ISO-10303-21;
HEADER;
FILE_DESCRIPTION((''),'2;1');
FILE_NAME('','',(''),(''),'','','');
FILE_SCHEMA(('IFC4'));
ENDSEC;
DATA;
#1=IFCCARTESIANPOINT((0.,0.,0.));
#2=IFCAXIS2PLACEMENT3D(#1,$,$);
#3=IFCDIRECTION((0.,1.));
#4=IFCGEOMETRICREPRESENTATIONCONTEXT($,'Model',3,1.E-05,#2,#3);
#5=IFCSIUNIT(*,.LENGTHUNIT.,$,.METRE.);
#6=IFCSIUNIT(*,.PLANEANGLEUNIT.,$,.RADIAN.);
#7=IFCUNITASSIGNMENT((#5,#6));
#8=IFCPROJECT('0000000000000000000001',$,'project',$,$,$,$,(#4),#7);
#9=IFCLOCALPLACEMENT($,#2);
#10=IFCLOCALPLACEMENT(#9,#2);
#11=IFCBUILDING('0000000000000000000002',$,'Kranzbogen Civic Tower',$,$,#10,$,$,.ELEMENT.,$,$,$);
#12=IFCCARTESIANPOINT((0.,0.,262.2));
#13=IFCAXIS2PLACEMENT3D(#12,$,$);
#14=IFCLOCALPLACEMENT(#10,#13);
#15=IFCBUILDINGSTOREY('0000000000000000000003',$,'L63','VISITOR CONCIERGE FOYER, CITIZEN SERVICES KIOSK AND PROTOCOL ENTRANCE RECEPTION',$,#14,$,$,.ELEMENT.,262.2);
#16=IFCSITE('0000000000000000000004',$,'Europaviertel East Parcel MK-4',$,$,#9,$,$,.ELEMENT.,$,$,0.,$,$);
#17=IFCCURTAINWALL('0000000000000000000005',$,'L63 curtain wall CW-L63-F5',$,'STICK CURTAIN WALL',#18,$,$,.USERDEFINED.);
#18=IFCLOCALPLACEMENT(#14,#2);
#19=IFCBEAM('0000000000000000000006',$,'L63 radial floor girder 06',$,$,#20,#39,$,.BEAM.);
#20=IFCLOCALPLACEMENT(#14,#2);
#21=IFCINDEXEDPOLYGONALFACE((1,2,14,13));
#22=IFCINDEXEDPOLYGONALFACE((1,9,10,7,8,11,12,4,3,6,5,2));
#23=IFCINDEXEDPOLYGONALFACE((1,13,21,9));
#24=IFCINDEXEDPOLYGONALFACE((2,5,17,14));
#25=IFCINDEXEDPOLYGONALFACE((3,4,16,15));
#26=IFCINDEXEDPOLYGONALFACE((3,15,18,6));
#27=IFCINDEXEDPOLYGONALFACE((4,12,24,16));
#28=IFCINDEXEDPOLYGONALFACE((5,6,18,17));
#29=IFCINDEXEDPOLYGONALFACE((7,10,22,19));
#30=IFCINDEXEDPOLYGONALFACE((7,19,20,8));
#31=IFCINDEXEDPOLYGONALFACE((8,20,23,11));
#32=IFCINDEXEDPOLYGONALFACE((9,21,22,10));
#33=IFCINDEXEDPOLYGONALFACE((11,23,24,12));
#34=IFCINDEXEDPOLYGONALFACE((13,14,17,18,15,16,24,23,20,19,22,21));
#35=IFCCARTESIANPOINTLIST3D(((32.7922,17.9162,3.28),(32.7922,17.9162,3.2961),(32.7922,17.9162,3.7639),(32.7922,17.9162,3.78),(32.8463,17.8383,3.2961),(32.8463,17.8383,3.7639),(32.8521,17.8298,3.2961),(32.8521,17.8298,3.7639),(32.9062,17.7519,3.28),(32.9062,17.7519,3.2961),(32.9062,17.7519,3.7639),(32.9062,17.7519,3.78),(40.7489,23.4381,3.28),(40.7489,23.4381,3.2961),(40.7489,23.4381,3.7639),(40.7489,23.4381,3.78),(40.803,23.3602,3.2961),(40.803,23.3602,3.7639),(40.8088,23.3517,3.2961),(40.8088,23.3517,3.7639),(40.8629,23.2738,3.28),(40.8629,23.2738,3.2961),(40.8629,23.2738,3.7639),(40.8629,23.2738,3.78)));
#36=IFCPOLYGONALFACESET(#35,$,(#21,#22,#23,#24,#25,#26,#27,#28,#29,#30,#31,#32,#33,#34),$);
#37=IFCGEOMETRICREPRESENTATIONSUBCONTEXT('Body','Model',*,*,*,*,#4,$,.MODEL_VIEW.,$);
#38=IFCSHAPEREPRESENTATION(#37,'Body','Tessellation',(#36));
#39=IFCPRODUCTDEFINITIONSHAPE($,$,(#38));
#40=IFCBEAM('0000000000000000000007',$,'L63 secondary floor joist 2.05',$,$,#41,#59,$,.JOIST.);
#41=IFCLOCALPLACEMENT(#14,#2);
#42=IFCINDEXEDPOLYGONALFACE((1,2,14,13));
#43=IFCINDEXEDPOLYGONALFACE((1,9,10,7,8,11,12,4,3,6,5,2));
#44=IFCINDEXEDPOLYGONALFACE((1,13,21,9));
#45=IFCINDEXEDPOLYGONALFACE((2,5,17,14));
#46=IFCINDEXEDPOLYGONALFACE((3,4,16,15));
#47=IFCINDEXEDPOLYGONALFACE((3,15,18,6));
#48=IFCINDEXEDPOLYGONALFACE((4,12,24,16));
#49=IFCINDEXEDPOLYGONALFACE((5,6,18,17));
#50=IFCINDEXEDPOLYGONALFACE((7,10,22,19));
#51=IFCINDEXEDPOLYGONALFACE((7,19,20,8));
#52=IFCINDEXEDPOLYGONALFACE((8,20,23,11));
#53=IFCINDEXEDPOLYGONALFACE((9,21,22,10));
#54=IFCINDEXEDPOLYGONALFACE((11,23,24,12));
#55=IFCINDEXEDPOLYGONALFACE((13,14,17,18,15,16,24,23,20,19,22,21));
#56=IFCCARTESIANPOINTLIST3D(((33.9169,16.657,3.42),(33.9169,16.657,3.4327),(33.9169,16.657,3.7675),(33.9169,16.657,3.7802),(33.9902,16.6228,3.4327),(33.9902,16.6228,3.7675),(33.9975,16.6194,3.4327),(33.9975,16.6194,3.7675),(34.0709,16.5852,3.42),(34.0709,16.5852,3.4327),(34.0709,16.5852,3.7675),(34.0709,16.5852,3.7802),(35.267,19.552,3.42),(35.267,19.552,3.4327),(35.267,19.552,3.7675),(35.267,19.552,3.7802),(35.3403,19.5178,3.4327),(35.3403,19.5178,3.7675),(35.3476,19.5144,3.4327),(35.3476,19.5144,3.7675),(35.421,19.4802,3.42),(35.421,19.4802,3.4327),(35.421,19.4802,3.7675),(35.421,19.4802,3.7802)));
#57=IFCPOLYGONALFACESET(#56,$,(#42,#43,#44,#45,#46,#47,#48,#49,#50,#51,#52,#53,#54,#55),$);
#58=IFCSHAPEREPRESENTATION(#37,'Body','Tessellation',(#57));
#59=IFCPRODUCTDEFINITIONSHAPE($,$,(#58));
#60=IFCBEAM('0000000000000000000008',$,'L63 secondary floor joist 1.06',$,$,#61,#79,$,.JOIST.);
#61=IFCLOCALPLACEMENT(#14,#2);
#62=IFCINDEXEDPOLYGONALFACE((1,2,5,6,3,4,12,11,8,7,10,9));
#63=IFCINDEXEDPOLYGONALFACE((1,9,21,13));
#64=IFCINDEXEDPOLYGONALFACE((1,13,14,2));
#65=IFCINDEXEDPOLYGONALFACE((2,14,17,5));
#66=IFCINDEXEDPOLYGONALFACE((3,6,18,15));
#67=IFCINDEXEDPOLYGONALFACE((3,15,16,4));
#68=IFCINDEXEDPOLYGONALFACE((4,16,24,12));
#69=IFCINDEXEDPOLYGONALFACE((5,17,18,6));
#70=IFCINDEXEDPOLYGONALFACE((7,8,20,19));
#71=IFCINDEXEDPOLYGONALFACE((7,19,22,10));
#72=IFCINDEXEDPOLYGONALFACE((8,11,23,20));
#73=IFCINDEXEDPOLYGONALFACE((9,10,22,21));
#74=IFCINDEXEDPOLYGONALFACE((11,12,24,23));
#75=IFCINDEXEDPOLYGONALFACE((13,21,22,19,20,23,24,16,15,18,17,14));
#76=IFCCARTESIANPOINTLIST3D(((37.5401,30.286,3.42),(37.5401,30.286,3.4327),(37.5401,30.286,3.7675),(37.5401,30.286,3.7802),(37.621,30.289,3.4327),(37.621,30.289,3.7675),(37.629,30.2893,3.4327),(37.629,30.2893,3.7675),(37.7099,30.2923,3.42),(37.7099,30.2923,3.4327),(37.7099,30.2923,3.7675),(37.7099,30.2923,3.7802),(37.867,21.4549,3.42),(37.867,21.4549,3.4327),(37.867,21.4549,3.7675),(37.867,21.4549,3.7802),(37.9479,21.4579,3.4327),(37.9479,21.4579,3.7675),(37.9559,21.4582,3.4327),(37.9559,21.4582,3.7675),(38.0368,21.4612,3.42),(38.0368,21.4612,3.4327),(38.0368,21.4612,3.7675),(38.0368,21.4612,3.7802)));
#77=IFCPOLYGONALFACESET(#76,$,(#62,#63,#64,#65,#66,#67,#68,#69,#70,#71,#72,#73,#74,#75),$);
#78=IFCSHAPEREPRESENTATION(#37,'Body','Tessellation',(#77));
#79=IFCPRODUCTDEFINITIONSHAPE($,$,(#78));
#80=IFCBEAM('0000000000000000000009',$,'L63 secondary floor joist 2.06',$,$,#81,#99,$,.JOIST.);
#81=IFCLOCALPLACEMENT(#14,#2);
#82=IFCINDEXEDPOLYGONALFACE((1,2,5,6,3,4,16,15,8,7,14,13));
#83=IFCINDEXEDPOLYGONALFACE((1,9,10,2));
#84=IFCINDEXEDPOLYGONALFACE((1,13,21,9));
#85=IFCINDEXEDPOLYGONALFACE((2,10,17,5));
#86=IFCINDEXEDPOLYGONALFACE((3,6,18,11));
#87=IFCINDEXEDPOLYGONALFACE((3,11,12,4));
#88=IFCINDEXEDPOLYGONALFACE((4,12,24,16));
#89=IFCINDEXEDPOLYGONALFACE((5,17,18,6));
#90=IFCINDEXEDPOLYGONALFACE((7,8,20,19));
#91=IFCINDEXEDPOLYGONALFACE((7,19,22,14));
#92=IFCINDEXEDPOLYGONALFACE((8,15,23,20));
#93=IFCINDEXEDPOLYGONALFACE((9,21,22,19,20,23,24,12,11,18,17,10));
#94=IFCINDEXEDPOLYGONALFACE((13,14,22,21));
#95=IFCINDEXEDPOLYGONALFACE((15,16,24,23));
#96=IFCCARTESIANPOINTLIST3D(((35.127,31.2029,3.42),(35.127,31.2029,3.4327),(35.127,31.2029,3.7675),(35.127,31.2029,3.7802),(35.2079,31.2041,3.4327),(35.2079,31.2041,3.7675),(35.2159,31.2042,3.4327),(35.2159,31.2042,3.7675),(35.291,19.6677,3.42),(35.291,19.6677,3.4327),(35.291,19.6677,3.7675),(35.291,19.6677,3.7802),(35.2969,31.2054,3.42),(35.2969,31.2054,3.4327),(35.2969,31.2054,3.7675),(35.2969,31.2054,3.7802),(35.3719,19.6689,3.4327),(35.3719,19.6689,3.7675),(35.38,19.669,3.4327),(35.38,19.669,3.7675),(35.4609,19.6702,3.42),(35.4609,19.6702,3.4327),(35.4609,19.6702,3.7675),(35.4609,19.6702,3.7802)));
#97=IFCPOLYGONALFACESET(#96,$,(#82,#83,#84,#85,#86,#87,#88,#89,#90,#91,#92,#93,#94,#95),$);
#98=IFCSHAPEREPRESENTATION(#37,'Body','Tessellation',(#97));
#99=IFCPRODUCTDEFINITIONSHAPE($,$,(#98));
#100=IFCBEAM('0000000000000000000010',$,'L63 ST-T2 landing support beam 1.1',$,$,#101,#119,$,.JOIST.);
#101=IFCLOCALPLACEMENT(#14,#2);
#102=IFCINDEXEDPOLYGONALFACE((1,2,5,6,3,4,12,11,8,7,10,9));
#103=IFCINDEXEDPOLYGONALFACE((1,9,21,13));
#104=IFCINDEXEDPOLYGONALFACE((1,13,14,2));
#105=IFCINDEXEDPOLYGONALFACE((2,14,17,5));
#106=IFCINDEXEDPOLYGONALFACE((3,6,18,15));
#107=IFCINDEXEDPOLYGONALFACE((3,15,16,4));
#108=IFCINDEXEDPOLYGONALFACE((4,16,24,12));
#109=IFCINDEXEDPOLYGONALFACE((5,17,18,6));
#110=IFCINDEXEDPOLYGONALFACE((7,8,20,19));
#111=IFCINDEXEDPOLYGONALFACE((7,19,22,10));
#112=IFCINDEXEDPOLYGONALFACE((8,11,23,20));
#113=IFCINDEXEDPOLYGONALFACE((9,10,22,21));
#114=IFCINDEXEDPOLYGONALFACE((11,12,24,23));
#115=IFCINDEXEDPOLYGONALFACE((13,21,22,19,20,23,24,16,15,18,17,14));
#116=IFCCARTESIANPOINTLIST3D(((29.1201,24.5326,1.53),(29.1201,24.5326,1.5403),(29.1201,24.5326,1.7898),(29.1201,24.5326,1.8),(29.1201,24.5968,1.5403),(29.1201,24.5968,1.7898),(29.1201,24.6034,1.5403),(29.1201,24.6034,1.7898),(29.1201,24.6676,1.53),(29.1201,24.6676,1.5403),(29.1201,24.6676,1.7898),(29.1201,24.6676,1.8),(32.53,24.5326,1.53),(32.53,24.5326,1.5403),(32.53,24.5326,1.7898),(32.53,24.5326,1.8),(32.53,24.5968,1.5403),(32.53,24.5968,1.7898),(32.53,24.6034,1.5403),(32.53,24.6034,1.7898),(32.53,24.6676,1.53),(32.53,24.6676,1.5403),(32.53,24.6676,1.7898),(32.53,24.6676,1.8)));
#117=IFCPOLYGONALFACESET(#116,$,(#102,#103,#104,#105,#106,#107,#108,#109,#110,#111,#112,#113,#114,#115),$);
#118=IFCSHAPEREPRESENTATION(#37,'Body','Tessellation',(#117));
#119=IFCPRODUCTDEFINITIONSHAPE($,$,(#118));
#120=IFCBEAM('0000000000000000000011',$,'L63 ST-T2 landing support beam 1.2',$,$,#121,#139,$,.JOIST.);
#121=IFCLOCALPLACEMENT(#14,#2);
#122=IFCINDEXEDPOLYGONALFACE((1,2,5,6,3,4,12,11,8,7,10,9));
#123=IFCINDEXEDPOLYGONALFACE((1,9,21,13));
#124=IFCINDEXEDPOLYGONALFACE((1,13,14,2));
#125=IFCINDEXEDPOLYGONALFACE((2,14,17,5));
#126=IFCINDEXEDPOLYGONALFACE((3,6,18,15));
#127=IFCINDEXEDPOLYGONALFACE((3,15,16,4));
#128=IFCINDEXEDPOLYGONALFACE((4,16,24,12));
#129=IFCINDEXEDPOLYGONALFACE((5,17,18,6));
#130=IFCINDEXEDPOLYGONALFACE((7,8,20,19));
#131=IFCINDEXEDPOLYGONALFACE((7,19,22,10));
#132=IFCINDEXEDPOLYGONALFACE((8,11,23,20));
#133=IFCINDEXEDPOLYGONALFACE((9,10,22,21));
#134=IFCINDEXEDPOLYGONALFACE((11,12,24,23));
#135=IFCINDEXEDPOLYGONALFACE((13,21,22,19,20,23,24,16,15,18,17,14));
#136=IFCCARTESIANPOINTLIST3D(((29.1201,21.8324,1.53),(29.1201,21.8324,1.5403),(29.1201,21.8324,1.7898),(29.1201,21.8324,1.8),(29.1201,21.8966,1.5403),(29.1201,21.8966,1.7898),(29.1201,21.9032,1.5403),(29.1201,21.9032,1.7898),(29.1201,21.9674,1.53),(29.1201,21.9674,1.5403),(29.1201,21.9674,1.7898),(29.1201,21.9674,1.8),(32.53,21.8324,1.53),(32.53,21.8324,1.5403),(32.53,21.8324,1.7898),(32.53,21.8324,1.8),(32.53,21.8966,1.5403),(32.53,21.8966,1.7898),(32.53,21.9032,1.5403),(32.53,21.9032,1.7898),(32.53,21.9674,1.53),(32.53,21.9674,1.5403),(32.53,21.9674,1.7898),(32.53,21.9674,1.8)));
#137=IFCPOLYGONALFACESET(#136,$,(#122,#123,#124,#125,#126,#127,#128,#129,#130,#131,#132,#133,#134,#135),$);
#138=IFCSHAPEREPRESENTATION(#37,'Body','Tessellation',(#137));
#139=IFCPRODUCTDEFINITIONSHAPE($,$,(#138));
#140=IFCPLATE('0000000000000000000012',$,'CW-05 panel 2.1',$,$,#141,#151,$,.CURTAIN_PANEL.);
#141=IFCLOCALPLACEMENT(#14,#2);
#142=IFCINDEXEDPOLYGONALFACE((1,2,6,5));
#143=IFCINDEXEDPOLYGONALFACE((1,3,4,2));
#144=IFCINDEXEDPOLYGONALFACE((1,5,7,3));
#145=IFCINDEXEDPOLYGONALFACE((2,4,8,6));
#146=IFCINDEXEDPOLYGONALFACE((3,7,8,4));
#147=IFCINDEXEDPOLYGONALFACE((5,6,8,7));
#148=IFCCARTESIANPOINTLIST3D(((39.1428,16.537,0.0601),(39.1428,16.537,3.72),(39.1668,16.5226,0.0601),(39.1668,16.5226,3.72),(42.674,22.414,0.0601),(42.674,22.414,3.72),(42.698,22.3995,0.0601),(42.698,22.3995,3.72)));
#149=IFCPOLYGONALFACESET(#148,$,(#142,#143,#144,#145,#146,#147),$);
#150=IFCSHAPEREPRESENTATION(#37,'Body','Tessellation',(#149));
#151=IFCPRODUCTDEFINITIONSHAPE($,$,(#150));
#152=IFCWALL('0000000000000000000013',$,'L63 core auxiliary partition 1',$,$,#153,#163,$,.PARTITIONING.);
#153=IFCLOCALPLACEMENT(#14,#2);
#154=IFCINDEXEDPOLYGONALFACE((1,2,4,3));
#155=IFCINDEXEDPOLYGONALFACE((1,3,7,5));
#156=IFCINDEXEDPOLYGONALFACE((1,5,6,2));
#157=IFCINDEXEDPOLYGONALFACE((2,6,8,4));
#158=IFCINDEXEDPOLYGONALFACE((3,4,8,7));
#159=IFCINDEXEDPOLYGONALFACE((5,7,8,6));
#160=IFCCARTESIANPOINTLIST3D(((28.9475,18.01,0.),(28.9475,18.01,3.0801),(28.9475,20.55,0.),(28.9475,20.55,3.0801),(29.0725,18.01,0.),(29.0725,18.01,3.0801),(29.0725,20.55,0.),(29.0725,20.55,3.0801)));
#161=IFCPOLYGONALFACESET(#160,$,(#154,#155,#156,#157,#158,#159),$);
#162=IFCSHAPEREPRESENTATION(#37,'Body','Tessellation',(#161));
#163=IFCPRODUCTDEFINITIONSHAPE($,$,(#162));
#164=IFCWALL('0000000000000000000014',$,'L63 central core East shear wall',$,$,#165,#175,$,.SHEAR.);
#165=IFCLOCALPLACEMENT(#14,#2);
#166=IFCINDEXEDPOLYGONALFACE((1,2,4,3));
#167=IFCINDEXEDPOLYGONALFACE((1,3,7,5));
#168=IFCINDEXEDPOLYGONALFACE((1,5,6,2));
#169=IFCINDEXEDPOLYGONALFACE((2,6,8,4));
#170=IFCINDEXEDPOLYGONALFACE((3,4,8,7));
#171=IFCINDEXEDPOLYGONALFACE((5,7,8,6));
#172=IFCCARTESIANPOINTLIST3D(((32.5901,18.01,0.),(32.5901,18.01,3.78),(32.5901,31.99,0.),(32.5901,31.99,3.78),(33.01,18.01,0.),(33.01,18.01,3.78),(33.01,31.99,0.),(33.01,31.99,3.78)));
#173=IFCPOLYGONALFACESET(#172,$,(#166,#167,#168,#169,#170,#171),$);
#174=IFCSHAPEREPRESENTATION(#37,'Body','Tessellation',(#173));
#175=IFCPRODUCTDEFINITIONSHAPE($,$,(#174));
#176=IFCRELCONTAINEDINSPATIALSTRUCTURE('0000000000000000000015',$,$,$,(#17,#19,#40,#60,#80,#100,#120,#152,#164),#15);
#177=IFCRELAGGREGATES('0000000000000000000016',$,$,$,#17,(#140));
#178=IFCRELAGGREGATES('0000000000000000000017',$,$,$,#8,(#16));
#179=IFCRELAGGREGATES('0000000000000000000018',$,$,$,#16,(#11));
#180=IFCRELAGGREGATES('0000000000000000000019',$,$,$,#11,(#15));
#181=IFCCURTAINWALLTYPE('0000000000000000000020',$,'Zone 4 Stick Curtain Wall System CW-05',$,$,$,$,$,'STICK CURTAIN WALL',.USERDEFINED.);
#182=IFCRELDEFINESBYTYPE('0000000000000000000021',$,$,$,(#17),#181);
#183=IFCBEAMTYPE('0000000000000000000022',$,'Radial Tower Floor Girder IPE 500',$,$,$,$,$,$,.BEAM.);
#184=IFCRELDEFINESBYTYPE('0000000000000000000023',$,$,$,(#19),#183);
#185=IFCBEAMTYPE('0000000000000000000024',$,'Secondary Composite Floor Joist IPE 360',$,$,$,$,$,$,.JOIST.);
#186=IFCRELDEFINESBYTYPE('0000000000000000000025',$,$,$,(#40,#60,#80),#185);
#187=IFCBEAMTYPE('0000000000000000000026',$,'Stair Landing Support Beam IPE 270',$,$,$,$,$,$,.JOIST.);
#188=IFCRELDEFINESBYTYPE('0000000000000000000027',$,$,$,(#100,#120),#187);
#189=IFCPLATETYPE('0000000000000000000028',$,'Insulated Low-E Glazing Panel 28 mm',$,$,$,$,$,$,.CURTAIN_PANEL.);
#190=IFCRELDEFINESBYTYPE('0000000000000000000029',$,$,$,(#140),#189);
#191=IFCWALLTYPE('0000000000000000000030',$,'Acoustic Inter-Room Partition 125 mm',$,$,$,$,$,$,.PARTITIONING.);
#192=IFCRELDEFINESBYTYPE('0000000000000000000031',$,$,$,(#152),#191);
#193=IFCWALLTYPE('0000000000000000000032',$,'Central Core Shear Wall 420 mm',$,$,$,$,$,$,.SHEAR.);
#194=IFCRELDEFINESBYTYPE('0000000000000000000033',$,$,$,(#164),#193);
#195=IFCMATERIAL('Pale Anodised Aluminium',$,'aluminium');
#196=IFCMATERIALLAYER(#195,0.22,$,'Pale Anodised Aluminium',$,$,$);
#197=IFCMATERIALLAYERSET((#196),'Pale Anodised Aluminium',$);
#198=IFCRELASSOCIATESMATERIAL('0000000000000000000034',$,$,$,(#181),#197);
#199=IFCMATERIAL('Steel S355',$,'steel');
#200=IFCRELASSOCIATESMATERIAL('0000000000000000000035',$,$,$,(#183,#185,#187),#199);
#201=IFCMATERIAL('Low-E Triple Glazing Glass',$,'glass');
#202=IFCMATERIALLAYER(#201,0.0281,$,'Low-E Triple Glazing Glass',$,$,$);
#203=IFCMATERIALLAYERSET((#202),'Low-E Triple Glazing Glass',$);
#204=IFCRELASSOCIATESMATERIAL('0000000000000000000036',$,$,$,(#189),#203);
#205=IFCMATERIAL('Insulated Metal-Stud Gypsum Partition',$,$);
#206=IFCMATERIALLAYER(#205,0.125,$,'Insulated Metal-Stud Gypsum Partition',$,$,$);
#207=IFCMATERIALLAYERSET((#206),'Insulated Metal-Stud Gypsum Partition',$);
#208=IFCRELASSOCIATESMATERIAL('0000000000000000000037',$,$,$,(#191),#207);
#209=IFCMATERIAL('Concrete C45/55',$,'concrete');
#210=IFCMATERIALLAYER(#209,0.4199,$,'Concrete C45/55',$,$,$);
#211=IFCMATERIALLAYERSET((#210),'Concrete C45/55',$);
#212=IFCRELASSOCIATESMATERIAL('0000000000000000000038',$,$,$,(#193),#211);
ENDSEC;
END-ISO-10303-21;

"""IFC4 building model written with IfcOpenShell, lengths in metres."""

from ifc_helpers import new_model, si_unit, direction, frame, frame_2d, origin, origin_2d, place, context, subcontext, project, spatial, rectangle, i_section, extrude, material, layer, layer_set, material_profile, profile_set, type_object, element, aggregate, save


model = new_model("IFC4")

# Units and contexts
model_context = context("Model", 3, precision=1e-05, world=origin(), true_north=direction((0.0, 1.0)))
body_context = subcontext(model_context, "Body", "Model", "MODEL_VIEW")
ifc_project = project(units=[si_unit("LENGTHUNIT", "METRE"), si_unit("PLANEANGLEUNIT", "RADIAN")], contexts=[model_context])

# Site, building, storey
site_placement = place(None, origin())
site = spatial("IfcSite", under=ifc_project, at=site_placement, Name="Europaviertel East Parcel MK-4", CompositionType="ELEMENT", RefElevation=0.0)
building_placement = place(site_placement, origin())
building = spatial("IfcBuilding", under=site, at=building_placement, Name="Kranzbogen Civic Tower", CompositionType="ELEMENT")
storey_placement = place(building_placement, frame((0.0, 0.0, 262.2)))
storey = spatial("IfcBuildingStorey", under=building, at=storey_placement, Name="L63", Description="VISITOR CONCIERGE FOYER, CITIZEN SERVICES KIOSK AND PROTOCOL ENTRANCE RECEPTION", CompositionType="ELEMENT", Elevation=262.2)

# Shared definitions
ifc_material_1 = material(Name="Steel S355", Category="steel")

# Curtain wall
ifc_material_2 = material(Name="Pale Anodised Aluminium", Category="aluminium")
ifc_layer_1 = layer(ifc_material_2, 0.22, Name="Pale Anodised Aluminium")
ifc_layer_set_1 = layer_set([ifc_layer_1], Name="Pale Anodised Aluminium")
curtain_wall_type = type_object("IfcCurtainWallType", Name="Zone 4 Stick Curtain Wall System CW-05", ElementType="STICK CURTAIN WALL", PredefinedType="USERDEFINED", material=ifc_layer_set_1)
curtain_wall_placement = place(storey_placement, origin())
curtain_wall = element("IfcCurtainWall", 1, at=curtain_wall_placement, inside=storey, type_object=curtain_wall_type, Name="L63 curtain wall CW-L63-F5", ObjectType="STICK CURTAIN WALL", PredefinedType="USERDEFINED")

# Beams
ifc_material_profile_1 = material_profile(ifc_material_1, i_section(OverallWidth=0.2, OverallDepth=0.5, WebThickness=0.0103, FlangeThickness=0.0161, at=origin_2d()), Name="IPE 500")
ifc_profile_set_1 = profile_set([ifc_material_profile_1], Name="Steel S355")
beam_type_1 = type_object("IfcBeamType", Name="Radial Tower Floor Girder IPE 500", PredefinedType="BEAM", material=ifc_profile_set_1)
beam_1_placement = place(storey_placement, frame((40.8059, 23.356, 3.53), z_axis=(-0.821543, -0.570147, 0.0), x_axis=(0.570147, -0.821543, 0.0)))
element("IfcBeam", 2, at=beam_1_placement, inside=storey, type_object=beam_type_1, Name="L63 radial floor girder 06", PredefinedType="BEAM", context=body_context, shape_type="SweptSolid", body=[
    extrude(i_section(OverallWidth=0.2, OverallDepth=0.5, WebThickness=0.0103, FlangeThickness=0.0161, at=origin_2d()), origin(), (0.0, 0.0, 1.0), 9.6851),
])
ifc_material_profile_2 = material_profile(ifc_material_1, i_section(OverallWidth=0.1699, OverallDepth=0.3601, WebThickness=0.0081, FlangeThickness=0.0127, at=origin_2d()), Name="IPE 360")
ifc_profile_set_2 = profile_set([ifc_material_profile_2], Name="Steel S355")
beam_type_2 = type_object("IfcBeamType", Name="Secondary Composite Floor Joist IPE 360", PredefinedType="JOIST", material=ifc_profile_set_2)
beam_2_placement = place(storey_placement, frame((33.9939, 16.6211, 3.6001), z_axis=(0.422651, 0.906292, 0.0), x_axis=(-0.906292, 0.422651, 0.0)))
element("IfcBeam", 3, at=beam_2_placement, inside=storey, type_object=beam_type_2, Name="L63 secondary floor joist 2.05", PredefinedType="JOIST", context=body_context, shape_type="SweptSolid", body=[
    extrude(i_section(OverallWidth=0.1699, OverallDepth=0.3601, WebThickness=0.0081, FlangeThickness=0.0127, at=origin_2d()), origin(), (0.0, 0.0, 1.0), 3.1943),
])
beam_3_placement = place(storey_placement, frame((37.9519, 21.458, 3.6001), z_axis=(-0.036992, 0.999316, 0.0), x_axis=(-0.999316, -0.036992, 0.0)))
element("IfcBeam", 4, at=beam_3_placement, inside=storey, type_object=beam_type_2, Name="L63 secondary floor joist 1.06", PredefinedType="JOIST", context=body_context, shape_type="SweptSolid", body=[
    extrude(i_section(OverallWidth=0.1699, OverallDepth=0.3601, WebThickness=0.0081, FlangeThickness=0.0127, at=origin_2d()), origin(), (0.0, 0.0, 1.0), 8.8372),
])
beam_4_placement = place(storey_placement, frame((35.376, 19.6689, 3.6001), z_axis=(-0.014221, 0.999899, 0.0), x_axis=(-0.999899, -0.014221, 0.0)))
element("IfcBeam", 5, at=beam_4_placement, inside=storey, type_object=beam_type_2, Name="L63 secondary floor joist 2.06", PredefinedType="JOIST", context=body_context, shape_type="SweptSolid", body=[
    extrude(i_section(OverallWidth=0.1699, OverallDepth=0.3601, WebThickness=0.0081, FlangeThickness=0.0127, at=origin_2d()), origin(), (0.0, 0.0, 1.0), 11.5364),
])
ifc_material_profile_3 = material_profile(ifc_material_1, i_section(OverallWidth=0.135, OverallDepth=0.27, WebThickness=0.0066, FlangeThickness=0.0103, at=origin_2d()), Name="IPE 270")
ifc_profile_set_3 = profile_set([ifc_material_profile_3], Name="Steel S355")
beam_type_3 = type_object("IfcBeamType", Name="Stair Landing Support Beam IPE 270", PredefinedType="JOIST", material=ifc_profile_set_3)
for number, where, z_axis, x_axis, name in (
    (6, (29.1201, 24.6001, 1.665), (1.0, 0.0, 0.0), (0.0, 1.0, 0.0), "L63 ST-T2 landing support beam 1.1"),
    (7, (29.1201, 21.8999, 1.665), (1.0, 0.0, 0.0), (0.0, 1.0, 0.0), "L63 ST-T2 landing support beam 1.2"),
):
    element("IfcBeam", number, at=place(storey_placement, frame(where, z_axis=z_axis, x_axis=x_axis)), inside=storey, type_object=beam_type_3, Name=name, PredefinedType="JOIST", context=body_context, shape_type="SweptSolid", body=[
        extrude(i_section(OverallWidth=0.135, OverallDepth=0.27, WebThickness=0.0066, FlangeThickness=0.0103, at=origin_2d()), origin(), (0.0, 0.0, 1.0), 3.4099),
    ])

# Plate
ifc_material_3 = material(Name="Low-E Triple Glazing Glass", Category="glass")
ifc_layer_2 = layer(ifc_material_3, 0.0281, Name="Low-E Triple Glazing Glass")
ifc_layer_set_2 = layer_set([ifc_layer_2], Name="Low-E Triple Glazing Glass")
plate_type = type_object("IfcPlateType", Name="Insulated Low-E Glazing Panel 28 mm", PredefinedType="CURTAIN_PANEL", material=ifc_layer_set_2)
plate_placement = place(storey_placement, frame((40.9204, 19.4683, 0.0601), z_axis=(0.0, 0.0, 1.0), x_axis=(0.515036, 0.857169, 0.0)))
plate = element("IfcPlate", 8, at=plate_placement, type_object=plate_type, Name="CW-05 panel 2.1", PredefinedType="CURTAIN_PANEL", context=body_context, shape_type="SweptSolid", body=[
    extrude(rectangle(XDim=6.8562, YDim=0.0281, at=origin_2d()), origin(), (0.0, 0.0, 1.0), 3.6599),
])
aggregate(curtain_wall, [plate])

# Walls
ifc_material_4 = material(Name="Insulated Metal-Stud Gypsum Partition")
ifc_layer_3 = layer(ifc_material_4, 0.125, Name="Insulated Metal-Stud Gypsum Partition")
ifc_layer_set_3 = layer_set([ifc_layer_3], Name="Insulated Metal-Stud Gypsum Partition")
wall_type_1 = type_object("IfcWallType", Name="Acoustic Inter-Room Partition 125 mm", PredefinedType="PARTITIONING", material=ifc_layer_set_3)
wall_1_placement = place(storey_placement, frame((29.01, 18.01, 0.0), z_axis=(0.0, 0.0, 1.0), x_axis=(0.0, 1.0, 0.0)))
element("IfcWall", 9, at=wall_1_placement, inside=storey, type_object=wall_type_1, Name="L63 core auxiliary partition 1", PredefinedType="PARTITIONING", context=body_context, shape_type="SweptSolid", body=[
    extrude(rectangle(XDim=2.54, YDim=0.125, at=frame_2d((1.27, 0.0))), origin(), (0.0, 0.0, 1.0), 3.0801),
])
ifc_material_5 = material(Name="Concrete C45/55", Category="concrete")
ifc_layer_4 = layer(ifc_material_5, 0.4199, Name="Concrete C45/55")
ifc_layer_set_4 = layer_set([ifc_layer_4], Name="Concrete C45/55")
wall_type_2 = type_object("IfcWallType", Name="Central Core Shear Wall 420 mm", PredefinedType="SHEAR", material=ifc_layer_set_4)
wall_2_placement = place(storey_placement, frame((32.8, 18.01, 0.0), z_axis=(0.0, 0.0, 1.0), x_axis=(0.0, 1.0, 0.0)))
element("IfcWall", 10, at=wall_2_placement, inside=storey, type_object=wall_type_2, Name="L63 central core East shear wall", PredefinedType="SHEAR", context=body_context, shape_type="SweptSolid", body=[
    extrude(rectangle(XDim=13.98, YDim=0.4199, at=frame_2d((6.99, 0.0))), origin(), (0.0, 0.0, 1.0), 3.78),
])

save(model, "model.ifc")
